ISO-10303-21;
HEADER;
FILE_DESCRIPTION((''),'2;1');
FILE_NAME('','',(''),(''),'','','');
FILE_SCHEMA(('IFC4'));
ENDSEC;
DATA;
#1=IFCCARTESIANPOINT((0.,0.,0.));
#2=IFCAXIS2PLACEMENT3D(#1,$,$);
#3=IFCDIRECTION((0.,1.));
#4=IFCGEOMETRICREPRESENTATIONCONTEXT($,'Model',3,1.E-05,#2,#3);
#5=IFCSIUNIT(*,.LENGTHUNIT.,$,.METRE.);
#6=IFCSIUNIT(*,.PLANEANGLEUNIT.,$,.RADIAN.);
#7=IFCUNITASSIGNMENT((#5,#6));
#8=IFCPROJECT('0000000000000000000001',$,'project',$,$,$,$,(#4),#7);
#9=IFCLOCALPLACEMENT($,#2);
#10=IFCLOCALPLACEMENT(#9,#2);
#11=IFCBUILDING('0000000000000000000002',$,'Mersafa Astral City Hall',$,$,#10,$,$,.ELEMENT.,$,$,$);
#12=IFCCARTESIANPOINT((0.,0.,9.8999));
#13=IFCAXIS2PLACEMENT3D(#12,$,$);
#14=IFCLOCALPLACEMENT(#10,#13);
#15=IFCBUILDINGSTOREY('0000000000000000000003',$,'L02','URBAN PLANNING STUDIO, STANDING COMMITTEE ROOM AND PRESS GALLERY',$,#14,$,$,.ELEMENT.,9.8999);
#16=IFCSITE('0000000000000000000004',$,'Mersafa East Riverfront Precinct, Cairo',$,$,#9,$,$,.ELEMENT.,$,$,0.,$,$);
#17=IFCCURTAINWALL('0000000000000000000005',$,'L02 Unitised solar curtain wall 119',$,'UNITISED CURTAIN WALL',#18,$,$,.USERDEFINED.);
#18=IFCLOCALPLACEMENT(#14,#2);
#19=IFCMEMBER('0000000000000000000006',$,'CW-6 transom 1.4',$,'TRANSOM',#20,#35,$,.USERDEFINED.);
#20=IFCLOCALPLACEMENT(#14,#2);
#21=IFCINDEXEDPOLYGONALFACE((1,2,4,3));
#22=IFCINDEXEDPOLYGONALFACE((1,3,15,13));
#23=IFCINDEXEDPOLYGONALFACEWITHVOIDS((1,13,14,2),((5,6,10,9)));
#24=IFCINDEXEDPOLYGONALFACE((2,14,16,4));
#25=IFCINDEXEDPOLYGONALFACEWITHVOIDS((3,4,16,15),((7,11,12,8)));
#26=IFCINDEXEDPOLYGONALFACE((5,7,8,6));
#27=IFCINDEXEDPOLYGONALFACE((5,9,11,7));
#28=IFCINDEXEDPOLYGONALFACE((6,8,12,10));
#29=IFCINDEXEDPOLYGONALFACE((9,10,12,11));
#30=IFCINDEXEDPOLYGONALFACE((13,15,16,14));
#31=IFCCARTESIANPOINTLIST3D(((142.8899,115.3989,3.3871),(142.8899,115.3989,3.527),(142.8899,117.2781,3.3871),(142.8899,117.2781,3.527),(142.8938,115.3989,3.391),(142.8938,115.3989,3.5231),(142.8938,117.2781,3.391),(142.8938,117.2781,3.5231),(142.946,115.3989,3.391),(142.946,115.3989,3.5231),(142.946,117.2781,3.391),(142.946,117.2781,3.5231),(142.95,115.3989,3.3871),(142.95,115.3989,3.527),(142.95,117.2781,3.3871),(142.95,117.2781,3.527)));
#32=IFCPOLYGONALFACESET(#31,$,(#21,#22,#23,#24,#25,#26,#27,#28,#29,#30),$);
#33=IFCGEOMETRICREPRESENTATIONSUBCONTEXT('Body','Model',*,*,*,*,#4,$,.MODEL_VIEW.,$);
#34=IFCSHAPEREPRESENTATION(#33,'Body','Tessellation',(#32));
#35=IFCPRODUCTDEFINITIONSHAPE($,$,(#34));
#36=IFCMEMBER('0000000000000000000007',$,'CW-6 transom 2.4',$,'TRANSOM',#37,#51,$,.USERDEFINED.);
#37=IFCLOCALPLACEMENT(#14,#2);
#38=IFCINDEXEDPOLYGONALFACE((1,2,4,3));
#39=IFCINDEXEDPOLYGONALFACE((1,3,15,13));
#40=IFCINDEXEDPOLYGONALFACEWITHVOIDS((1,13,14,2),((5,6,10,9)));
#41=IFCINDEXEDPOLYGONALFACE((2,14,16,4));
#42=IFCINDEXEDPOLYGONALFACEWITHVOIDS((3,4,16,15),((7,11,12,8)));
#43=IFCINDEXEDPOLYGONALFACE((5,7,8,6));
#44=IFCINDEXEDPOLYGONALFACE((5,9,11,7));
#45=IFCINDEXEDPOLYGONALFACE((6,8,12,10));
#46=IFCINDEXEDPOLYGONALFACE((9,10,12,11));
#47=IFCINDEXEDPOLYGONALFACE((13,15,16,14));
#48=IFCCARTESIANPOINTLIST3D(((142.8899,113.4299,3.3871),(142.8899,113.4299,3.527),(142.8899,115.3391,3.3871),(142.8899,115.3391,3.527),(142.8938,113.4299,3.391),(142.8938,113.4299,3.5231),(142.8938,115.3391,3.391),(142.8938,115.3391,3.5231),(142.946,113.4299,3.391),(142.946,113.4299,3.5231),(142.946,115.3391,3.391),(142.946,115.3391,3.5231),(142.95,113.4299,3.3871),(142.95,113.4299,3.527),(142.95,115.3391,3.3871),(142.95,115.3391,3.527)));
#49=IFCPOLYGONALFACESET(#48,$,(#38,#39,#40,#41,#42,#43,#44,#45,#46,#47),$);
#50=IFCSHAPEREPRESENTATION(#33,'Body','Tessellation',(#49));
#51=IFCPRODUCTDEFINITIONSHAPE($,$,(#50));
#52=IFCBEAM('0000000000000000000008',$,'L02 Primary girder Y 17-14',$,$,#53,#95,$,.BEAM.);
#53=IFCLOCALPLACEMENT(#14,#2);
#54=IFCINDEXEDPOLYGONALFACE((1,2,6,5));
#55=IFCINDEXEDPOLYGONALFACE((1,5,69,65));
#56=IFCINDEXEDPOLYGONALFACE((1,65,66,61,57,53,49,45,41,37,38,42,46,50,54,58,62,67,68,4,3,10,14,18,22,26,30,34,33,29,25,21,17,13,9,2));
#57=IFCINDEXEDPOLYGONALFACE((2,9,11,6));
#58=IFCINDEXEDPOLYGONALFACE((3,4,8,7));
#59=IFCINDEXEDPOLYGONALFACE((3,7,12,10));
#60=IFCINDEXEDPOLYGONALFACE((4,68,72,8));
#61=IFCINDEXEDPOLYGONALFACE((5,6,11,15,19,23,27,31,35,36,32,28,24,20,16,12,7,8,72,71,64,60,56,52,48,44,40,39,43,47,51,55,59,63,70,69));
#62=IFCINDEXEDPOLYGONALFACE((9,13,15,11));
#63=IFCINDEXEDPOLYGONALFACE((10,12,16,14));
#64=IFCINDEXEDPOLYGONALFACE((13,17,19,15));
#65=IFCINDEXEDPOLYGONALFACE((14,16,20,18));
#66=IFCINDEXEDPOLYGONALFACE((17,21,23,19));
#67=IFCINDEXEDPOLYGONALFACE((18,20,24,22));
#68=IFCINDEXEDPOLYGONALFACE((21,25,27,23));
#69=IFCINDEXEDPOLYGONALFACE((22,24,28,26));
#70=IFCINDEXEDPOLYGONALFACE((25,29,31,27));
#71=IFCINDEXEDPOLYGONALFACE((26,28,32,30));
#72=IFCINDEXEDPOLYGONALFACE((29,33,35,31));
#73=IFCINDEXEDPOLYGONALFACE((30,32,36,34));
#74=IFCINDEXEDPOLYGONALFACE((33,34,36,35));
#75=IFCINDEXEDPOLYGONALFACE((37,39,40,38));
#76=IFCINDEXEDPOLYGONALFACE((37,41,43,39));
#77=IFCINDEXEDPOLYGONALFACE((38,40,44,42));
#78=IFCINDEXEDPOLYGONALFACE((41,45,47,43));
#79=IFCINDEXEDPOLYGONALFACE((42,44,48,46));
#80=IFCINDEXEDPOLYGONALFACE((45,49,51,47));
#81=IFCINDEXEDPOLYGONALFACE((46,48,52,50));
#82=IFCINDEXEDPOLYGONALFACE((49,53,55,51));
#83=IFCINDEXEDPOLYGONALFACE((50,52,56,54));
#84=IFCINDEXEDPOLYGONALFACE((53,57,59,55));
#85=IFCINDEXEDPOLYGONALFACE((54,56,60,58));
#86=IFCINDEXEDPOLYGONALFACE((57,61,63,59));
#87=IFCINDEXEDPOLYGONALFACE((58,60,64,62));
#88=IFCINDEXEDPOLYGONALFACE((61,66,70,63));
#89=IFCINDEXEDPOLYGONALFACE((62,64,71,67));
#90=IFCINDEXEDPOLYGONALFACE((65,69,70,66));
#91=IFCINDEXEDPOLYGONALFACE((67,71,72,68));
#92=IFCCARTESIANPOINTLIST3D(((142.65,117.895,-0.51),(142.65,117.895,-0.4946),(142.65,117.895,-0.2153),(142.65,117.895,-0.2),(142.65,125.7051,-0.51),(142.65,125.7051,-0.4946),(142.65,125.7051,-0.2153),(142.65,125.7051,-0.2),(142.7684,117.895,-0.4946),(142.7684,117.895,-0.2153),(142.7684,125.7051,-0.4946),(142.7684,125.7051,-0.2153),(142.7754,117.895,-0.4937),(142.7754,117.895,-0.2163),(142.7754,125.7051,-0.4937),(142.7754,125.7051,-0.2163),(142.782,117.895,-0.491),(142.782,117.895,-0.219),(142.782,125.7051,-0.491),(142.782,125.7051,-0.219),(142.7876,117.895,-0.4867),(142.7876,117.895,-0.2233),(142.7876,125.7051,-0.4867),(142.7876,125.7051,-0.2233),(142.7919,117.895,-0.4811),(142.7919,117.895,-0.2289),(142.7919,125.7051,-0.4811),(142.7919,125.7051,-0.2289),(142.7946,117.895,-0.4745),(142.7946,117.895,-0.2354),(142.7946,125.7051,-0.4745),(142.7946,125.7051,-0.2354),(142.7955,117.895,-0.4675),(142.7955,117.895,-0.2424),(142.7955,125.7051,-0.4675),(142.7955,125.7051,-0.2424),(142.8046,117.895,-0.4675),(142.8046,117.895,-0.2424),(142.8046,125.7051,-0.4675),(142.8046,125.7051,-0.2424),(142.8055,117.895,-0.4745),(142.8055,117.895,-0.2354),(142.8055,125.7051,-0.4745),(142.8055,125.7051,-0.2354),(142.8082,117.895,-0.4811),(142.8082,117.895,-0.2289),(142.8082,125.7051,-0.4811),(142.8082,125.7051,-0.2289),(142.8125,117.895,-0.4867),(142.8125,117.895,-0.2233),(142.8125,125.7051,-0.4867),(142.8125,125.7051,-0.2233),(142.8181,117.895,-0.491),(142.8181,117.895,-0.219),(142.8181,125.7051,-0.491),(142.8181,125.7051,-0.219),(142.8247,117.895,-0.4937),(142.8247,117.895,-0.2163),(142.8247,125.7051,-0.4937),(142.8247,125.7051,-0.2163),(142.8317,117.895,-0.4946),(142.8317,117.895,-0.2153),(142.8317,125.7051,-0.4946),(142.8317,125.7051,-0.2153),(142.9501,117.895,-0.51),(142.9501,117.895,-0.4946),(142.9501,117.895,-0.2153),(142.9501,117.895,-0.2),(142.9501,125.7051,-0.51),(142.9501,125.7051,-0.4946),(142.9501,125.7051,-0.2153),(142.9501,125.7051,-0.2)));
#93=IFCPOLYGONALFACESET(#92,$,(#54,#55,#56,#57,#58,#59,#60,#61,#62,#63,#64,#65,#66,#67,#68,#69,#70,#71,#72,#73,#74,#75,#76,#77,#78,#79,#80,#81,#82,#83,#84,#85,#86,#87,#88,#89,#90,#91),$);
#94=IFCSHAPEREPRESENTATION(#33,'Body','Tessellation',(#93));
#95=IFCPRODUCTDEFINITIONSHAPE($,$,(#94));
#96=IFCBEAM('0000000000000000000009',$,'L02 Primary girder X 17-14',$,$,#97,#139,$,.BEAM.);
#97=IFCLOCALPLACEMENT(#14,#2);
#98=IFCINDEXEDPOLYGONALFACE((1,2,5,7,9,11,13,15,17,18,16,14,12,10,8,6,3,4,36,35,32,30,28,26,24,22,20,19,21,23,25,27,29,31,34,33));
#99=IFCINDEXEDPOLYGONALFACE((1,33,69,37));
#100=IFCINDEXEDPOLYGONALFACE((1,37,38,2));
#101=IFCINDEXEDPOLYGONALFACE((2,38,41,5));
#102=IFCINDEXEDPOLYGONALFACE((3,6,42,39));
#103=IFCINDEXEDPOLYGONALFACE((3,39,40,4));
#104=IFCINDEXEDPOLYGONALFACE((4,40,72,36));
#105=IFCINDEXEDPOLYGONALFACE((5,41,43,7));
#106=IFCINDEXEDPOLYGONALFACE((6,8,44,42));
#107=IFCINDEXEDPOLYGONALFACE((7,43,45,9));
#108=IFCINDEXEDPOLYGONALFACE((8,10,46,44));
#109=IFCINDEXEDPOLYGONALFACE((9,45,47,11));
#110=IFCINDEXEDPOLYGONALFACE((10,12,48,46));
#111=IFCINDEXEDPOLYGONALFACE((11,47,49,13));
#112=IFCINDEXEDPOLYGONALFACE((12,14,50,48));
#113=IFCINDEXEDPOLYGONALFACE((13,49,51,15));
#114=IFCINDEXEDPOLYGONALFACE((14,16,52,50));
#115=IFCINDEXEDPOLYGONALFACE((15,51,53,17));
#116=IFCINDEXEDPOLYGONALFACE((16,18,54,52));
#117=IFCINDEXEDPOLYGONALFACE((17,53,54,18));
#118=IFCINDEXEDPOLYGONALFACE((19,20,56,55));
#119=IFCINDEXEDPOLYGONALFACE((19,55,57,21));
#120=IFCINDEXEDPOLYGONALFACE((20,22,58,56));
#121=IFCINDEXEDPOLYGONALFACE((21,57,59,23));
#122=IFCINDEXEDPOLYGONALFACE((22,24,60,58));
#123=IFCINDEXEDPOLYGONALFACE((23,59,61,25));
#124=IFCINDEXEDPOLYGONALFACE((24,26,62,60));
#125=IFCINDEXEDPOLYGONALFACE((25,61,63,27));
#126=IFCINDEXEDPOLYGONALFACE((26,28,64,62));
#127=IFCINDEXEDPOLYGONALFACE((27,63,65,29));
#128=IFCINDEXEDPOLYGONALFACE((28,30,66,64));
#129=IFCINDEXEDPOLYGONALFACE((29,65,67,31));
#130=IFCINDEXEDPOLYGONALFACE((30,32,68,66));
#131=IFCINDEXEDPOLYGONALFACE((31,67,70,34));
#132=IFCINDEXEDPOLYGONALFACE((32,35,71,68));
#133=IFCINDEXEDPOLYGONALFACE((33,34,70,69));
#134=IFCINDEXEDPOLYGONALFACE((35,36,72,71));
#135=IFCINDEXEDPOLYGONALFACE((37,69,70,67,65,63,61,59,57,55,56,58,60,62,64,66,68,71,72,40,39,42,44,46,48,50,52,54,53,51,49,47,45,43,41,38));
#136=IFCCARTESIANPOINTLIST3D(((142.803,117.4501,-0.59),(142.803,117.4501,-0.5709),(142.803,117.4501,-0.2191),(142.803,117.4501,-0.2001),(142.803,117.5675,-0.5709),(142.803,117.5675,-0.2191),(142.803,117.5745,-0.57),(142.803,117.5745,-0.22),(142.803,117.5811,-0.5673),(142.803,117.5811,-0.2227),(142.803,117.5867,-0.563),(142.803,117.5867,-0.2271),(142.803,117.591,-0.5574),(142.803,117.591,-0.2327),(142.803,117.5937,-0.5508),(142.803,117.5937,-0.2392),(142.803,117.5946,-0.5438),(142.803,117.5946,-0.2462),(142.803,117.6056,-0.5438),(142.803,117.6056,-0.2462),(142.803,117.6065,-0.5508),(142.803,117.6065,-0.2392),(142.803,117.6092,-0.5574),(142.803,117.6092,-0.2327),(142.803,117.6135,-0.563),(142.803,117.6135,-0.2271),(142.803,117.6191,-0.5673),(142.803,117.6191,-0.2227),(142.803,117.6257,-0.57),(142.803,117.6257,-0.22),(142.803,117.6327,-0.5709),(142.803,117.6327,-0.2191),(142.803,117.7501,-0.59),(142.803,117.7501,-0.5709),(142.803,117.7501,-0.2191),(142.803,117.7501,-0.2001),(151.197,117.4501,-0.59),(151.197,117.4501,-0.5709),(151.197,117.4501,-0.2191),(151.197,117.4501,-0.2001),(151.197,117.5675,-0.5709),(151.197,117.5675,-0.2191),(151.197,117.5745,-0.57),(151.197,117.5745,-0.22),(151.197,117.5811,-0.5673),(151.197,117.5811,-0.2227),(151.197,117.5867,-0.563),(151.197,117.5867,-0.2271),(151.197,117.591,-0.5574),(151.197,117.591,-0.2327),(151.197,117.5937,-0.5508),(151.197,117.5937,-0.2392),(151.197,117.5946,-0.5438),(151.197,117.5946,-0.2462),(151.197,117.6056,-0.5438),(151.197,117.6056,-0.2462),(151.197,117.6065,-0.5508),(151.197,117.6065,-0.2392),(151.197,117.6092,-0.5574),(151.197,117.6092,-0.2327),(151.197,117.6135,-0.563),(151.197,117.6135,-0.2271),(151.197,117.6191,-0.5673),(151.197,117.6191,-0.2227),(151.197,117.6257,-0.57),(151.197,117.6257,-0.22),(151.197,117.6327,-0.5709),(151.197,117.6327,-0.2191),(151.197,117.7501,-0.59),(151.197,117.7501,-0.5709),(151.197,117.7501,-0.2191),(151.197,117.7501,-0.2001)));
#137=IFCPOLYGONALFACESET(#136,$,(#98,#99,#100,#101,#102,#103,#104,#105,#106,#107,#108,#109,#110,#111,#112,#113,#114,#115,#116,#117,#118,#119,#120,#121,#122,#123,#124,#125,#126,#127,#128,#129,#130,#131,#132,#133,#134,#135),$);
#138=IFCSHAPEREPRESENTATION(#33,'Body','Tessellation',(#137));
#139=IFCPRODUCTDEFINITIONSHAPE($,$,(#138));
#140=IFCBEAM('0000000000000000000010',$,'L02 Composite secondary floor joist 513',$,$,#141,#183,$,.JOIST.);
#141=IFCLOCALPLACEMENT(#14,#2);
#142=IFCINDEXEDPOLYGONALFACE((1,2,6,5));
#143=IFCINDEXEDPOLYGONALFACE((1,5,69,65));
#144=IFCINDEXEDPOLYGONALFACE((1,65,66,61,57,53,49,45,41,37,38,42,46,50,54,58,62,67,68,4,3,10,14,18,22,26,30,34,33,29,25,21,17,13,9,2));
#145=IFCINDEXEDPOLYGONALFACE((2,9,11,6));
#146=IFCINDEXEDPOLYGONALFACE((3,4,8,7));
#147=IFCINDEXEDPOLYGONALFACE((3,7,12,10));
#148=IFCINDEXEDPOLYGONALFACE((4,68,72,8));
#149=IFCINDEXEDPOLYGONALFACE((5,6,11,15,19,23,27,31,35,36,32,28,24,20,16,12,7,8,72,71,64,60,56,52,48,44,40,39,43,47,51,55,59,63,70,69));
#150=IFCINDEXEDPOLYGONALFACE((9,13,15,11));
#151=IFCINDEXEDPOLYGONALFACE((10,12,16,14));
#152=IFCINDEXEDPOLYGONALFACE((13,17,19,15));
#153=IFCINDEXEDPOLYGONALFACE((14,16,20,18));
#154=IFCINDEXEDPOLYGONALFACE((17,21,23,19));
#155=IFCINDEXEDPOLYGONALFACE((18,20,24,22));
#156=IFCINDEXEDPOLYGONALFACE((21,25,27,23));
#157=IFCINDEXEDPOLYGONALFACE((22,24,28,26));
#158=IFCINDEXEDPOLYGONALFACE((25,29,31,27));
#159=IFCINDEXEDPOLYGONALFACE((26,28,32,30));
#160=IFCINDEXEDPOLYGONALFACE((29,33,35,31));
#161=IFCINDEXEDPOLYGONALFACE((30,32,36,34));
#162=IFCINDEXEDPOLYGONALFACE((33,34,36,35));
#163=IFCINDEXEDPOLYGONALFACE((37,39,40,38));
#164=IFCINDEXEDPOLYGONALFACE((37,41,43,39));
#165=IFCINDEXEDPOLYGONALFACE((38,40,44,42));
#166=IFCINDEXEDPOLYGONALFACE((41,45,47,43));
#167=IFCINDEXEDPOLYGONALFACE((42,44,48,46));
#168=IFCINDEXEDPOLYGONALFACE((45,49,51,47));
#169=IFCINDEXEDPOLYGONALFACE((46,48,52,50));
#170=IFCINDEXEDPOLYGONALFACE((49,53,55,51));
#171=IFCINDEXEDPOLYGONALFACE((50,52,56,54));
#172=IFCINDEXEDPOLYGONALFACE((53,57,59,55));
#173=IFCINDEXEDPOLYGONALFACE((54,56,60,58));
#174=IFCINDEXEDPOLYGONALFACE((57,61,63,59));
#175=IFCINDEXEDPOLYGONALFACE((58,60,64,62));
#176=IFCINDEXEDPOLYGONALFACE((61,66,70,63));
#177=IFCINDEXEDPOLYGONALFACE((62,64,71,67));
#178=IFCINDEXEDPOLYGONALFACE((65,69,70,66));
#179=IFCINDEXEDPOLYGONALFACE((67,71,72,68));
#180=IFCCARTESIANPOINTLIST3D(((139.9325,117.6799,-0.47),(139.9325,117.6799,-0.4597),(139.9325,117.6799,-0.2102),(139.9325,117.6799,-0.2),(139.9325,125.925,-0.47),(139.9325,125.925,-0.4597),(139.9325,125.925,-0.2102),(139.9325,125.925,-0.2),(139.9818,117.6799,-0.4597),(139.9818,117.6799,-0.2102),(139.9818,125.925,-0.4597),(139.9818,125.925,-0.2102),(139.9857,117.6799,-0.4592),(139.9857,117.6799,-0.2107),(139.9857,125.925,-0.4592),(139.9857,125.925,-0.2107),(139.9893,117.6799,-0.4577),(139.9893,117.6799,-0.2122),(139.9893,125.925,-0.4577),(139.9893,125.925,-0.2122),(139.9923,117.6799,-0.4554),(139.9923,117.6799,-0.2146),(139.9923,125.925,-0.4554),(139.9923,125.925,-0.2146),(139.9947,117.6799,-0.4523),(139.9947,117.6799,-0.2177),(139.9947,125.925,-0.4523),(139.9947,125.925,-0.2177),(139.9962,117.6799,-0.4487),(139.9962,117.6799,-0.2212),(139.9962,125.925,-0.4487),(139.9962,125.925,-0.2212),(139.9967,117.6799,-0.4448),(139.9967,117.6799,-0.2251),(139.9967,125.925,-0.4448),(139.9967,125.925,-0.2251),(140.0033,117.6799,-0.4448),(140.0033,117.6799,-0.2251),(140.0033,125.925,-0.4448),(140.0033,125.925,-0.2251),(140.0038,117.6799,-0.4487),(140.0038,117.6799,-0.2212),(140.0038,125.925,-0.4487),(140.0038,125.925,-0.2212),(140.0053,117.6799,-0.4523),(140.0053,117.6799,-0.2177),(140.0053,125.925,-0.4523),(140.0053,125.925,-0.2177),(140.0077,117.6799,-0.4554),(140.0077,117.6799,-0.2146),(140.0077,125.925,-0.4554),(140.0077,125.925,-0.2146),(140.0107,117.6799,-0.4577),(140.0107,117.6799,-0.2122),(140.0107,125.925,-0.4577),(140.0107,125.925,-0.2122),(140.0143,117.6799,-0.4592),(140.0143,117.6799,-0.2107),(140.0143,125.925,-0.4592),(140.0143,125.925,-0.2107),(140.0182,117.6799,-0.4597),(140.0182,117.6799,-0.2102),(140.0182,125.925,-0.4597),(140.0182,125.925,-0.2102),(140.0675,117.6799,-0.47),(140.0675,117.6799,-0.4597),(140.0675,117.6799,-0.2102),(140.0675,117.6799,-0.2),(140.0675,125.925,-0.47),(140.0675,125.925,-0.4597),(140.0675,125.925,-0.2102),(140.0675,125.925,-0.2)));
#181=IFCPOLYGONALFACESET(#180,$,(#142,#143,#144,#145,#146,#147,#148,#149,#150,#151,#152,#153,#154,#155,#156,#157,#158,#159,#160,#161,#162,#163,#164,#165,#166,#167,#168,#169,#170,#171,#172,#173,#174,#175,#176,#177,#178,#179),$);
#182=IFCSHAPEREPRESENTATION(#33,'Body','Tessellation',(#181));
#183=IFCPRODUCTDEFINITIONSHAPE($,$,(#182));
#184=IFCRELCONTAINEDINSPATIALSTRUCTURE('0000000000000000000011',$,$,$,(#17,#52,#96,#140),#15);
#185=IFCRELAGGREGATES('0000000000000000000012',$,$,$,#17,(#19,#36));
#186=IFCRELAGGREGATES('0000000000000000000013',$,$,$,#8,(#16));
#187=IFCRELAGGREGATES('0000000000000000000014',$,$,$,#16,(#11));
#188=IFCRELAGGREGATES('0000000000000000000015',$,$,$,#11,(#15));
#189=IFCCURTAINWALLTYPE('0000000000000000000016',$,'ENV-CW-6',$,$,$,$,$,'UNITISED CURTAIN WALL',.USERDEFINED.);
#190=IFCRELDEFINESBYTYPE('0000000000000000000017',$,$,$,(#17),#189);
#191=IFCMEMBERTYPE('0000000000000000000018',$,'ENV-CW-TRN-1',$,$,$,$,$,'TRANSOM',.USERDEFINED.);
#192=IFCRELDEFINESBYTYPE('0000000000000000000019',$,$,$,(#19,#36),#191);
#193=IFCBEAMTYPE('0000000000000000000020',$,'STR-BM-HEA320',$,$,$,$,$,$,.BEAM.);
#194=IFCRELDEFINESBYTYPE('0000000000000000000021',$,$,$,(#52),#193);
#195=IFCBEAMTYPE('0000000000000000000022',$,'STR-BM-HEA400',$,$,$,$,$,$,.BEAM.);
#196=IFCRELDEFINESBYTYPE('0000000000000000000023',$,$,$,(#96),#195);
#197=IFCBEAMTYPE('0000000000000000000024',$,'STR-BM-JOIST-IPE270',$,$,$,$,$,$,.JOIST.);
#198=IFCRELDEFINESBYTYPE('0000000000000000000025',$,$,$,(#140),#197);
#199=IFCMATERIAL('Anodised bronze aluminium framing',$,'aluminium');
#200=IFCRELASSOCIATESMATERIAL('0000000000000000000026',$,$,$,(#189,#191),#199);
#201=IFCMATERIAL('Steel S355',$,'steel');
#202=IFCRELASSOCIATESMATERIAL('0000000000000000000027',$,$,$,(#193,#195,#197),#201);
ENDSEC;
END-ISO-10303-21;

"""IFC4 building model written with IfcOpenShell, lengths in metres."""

from ifc_helpers import new_model, si_unit, direction, frame, origin, origin_2d, place, context, subcontext, project, spatial, hollow_rectangle, i_section, extrude, material, material_profile, profile_set, type_object, element, aggregate, save


model = new_model("IFC4")

# Units and contexts
model_context = context("Model", 3, precision=1e-05, world=origin(), true_north=direction((0.0, 1.0)))
body_context = subcontext(model_context, "Body", "Model", "MODEL_VIEW")
ifc_project = project(units=[si_unit("LENGTHUNIT", "METRE"), si_unit("PLANEANGLEUNIT", "RADIAN")], contexts=[model_context])

# Site, building, storey
site_placement = place(None, origin())
site = spatial("IfcSite", under=ifc_project, at=site_placement, Name="Mersafa East Riverfront Precinct, Cairo", CompositionType="ELEMENT", RefElevation=0.0)
building_placement = place(site_placement, origin())
building = spatial("IfcBuilding", under=site, at=building_placement, Name="Mersafa Astral City Hall", CompositionType="ELEMENT")
storey_placement = place(building_placement, frame((0.0, 0.0, 9.8999)))
storey = spatial("IfcBuildingStorey", under=building, at=storey_placement, Name="L02", Description="URBAN PLANNING STUDIO, STANDING COMMITTEE ROOM AND PRESS GALLERY", CompositionType="ELEMENT", Elevation=9.8999)

# Shared definitions
ifc_material_1 = material(Name="Steel S355", Category="steel")

# Curtain wall, members
ifc_material_2 = material(Name="Anodised bronze aluminium framing", Category="aluminium")
curtain_wall_type = type_object("IfcCurtainWallType", Name="ENV-CW-6", ElementType="UNITISED CURTAIN WALL", PredefinedType="USERDEFINED", material=ifc_material_2)
curtain_wall_placement = place(storey_placement, origin())
curtain_wall = element("IfcCurtainWall", 1, at=curtain_wall_placement, inside=storey, type_object=curtain_wall_type, Name="L02 Unitised solar curtain wall 119", ObjectType="UNITISED CURTAIN WALL", PredefinedType="USERDEFINED")
ifc_material_profile_1 = material_profile(ifc_material_2, hollow_rectangle(XDim=0.0601, YDim=0.1399, WallThickness=0.0039, at=origin_2d()), Name="RHS 60x140x4")
ifc_profile_set_1 = profile_set([ifc_material_profile_1], Name="Anodised bronze aluminium framing")
member_type_1 = type_object("IfcMemberType", Name="ENV-CW-TRN-1", ElementType="TRANSOM", PredefinedType="USERDEFINED", material=ifc_profile_set_1)
member_1_placement = place(storey_placement, frame((142.9199, 117.2781, 3.457), z_axis=(0.0, -1.0, 0.0), x_axis=(1.0, 0.0, 0.0)))
member_1 = element("IfcMember", 2, at=member_1_placement, type_object=member_type_1, Name="CW-6 transom 1.4", ObjectType="TRANSOM", PredefinedType="USERDEFINED", context=body_context, shape_type="SweptSolid", body=[
    extrude(hollow_rectangle(XDim=0.0601, YDim=0.1399, WallThickness=0.0039, at=origin_2d()), origin(), (0.0, 0.0, 1.0), 1.8792),
])
member_2_placement = place(storey_placement, frame((142.9199, 115.3391, 3.457), z_axis=(0.0, -1.0, 0.0), x_axis=(1.0, 0.0, 0.0)))
member_2 = element("IfcMember", 3, at=member_2_placement, type_object=member_type_1, Name="CW-6 transom 2.4", ObjectType="TRANSOM", PredefinedType="USERDEFINED", context=body_context, shape_type="SweptSolid", body=[
    extrude(hollow_rectangle(XDim=0.0601, YDim=0.1399, WallThickness=0.0039, at=origin_2d()), origin(), (0.0, 0.0, 1.0), 1.9092),
])

# Beams
ifc_material_profile_2 = material_profile(ifc_material_1, i_section(OverallWidth=0.3, OverallDepth=0.3101, WebThickness=0.009, FlangeThickness=0.0154, FilletRadius=0.0271, at=origin_2d()), Name="HEA 320")
ifc_profile_set_2 = profile_set([ifc_material_profile_2], Name="Steel S355")
beam_type_1 = type_object("IfcBeamType", Name="STR-BM-HEA320", PredefinedType="BEAM", material=ifc_profile_set_2)
beam_1_placement = place(storey_placement, frame((142.8, 117.895, -0.355), z_axis=(0.0, 1.0, 0.0), x_axis=(-1.0, 0.0, 0.0)))
element("IfcBeam", 4, at=beam_1_placement, inside=storey, type_object=beam_type_1, Name="L02 Primary girder Y 17-14", PredefinedType="BEAM", context=body_context, shape_type="SweptSolid", body=[
    extrude(i_section(OverallWidth=0.3, OverallDepth=0.3101, WebThickness=0.009, FlangeThickness=0.0154, FilletRadius=0.0271, at=origin_2d()), origin(), (0.0, 0.0, 1.0), 7.8101),
])
ifc_material_profile_3 = material_profile(ifc_material_1, i_section(OverallWidth=0.3, OverallDepth=0.3899, WebThickness=0.011, FlangeThickness=0.019, FilletRadius=0.0271, at=origin_2d()), Name="HEA 400")
ifc_profile_set_3 = profile_set([ifc_material_profile_3], Name="Steel S355")
beam_type_2 = type_object("IfcBeamType", Name="STR-BM-HEA400", PredefinedType="BEAM", material=ifc_profile_set_3)
beam_2_placement = place(storey_placement, frame((142.803, 117.6001, -0.395), z_axis=(1.0, 0.0, 0.0), x_axis=(0.0, 1.0, 0.0)))
element("IfcBeam", 5, at=beam_2_placement, inside=storey, type_object=beam_type_2, Name="L02 Primary girder X 17-14", PredefinedType="BEAM", context=body_context, shape_type="SweptSolid", body=[
    extrude(i_section(OverallWidth=0.3, OverallDepth=0.3899, WebThickness=0.011, FlangeThickness=0.019, FilletRadius=0.0271, at=origin_2d()), origin(), (0.0, 0.0, 1.0), 8.394),
])
ifc_material_profile_4 = material_profile(ifc_material_1, i_section(OverallWidth=0.135, OverallDepth=0.27, WebThickness=0.0066, FlangeThickness=0.0103, FilletRadius=0.0149, at=origin_2d()), Name="IPE 270")
ifc_profile_set_4 = profile_set([ifc_material_profile_4], Name="Steel S355")
beam_type_3 = type_object("IfcBeamType", Name="STR-BM-JOIST-IPE270", PredefinedType="JOIST", material=ifc_profile_set_4)
beam_3_placement = place(storey_placement, frame((140.0, 117.6799, -0.335), z_axis=(0.0, 1.0, 0.0), x_axis=(-1.0, 0.0, 0.0)))
element("IfcBeam", 6, at=beam_3_placement, inside=storey, type_object=beam_type_3, Name="L02 Composite secondary floor joist 513", PredefinedType="JOIST", context=body_context, shape_type="SweptSolid", body=[
    extrude(i_section(OverallWidth=0.135, OverallDepth=0.27, WebThickness=0.0066, FlangeThickness=0.0103, FilletRadius=0.0149, at=origin_2d()), origin(), (0.0, 0.0, 1.0), 8.2451),
])

aggregate(curtain_wall, [member_1, member_2])

save(model, "model.ifc")
